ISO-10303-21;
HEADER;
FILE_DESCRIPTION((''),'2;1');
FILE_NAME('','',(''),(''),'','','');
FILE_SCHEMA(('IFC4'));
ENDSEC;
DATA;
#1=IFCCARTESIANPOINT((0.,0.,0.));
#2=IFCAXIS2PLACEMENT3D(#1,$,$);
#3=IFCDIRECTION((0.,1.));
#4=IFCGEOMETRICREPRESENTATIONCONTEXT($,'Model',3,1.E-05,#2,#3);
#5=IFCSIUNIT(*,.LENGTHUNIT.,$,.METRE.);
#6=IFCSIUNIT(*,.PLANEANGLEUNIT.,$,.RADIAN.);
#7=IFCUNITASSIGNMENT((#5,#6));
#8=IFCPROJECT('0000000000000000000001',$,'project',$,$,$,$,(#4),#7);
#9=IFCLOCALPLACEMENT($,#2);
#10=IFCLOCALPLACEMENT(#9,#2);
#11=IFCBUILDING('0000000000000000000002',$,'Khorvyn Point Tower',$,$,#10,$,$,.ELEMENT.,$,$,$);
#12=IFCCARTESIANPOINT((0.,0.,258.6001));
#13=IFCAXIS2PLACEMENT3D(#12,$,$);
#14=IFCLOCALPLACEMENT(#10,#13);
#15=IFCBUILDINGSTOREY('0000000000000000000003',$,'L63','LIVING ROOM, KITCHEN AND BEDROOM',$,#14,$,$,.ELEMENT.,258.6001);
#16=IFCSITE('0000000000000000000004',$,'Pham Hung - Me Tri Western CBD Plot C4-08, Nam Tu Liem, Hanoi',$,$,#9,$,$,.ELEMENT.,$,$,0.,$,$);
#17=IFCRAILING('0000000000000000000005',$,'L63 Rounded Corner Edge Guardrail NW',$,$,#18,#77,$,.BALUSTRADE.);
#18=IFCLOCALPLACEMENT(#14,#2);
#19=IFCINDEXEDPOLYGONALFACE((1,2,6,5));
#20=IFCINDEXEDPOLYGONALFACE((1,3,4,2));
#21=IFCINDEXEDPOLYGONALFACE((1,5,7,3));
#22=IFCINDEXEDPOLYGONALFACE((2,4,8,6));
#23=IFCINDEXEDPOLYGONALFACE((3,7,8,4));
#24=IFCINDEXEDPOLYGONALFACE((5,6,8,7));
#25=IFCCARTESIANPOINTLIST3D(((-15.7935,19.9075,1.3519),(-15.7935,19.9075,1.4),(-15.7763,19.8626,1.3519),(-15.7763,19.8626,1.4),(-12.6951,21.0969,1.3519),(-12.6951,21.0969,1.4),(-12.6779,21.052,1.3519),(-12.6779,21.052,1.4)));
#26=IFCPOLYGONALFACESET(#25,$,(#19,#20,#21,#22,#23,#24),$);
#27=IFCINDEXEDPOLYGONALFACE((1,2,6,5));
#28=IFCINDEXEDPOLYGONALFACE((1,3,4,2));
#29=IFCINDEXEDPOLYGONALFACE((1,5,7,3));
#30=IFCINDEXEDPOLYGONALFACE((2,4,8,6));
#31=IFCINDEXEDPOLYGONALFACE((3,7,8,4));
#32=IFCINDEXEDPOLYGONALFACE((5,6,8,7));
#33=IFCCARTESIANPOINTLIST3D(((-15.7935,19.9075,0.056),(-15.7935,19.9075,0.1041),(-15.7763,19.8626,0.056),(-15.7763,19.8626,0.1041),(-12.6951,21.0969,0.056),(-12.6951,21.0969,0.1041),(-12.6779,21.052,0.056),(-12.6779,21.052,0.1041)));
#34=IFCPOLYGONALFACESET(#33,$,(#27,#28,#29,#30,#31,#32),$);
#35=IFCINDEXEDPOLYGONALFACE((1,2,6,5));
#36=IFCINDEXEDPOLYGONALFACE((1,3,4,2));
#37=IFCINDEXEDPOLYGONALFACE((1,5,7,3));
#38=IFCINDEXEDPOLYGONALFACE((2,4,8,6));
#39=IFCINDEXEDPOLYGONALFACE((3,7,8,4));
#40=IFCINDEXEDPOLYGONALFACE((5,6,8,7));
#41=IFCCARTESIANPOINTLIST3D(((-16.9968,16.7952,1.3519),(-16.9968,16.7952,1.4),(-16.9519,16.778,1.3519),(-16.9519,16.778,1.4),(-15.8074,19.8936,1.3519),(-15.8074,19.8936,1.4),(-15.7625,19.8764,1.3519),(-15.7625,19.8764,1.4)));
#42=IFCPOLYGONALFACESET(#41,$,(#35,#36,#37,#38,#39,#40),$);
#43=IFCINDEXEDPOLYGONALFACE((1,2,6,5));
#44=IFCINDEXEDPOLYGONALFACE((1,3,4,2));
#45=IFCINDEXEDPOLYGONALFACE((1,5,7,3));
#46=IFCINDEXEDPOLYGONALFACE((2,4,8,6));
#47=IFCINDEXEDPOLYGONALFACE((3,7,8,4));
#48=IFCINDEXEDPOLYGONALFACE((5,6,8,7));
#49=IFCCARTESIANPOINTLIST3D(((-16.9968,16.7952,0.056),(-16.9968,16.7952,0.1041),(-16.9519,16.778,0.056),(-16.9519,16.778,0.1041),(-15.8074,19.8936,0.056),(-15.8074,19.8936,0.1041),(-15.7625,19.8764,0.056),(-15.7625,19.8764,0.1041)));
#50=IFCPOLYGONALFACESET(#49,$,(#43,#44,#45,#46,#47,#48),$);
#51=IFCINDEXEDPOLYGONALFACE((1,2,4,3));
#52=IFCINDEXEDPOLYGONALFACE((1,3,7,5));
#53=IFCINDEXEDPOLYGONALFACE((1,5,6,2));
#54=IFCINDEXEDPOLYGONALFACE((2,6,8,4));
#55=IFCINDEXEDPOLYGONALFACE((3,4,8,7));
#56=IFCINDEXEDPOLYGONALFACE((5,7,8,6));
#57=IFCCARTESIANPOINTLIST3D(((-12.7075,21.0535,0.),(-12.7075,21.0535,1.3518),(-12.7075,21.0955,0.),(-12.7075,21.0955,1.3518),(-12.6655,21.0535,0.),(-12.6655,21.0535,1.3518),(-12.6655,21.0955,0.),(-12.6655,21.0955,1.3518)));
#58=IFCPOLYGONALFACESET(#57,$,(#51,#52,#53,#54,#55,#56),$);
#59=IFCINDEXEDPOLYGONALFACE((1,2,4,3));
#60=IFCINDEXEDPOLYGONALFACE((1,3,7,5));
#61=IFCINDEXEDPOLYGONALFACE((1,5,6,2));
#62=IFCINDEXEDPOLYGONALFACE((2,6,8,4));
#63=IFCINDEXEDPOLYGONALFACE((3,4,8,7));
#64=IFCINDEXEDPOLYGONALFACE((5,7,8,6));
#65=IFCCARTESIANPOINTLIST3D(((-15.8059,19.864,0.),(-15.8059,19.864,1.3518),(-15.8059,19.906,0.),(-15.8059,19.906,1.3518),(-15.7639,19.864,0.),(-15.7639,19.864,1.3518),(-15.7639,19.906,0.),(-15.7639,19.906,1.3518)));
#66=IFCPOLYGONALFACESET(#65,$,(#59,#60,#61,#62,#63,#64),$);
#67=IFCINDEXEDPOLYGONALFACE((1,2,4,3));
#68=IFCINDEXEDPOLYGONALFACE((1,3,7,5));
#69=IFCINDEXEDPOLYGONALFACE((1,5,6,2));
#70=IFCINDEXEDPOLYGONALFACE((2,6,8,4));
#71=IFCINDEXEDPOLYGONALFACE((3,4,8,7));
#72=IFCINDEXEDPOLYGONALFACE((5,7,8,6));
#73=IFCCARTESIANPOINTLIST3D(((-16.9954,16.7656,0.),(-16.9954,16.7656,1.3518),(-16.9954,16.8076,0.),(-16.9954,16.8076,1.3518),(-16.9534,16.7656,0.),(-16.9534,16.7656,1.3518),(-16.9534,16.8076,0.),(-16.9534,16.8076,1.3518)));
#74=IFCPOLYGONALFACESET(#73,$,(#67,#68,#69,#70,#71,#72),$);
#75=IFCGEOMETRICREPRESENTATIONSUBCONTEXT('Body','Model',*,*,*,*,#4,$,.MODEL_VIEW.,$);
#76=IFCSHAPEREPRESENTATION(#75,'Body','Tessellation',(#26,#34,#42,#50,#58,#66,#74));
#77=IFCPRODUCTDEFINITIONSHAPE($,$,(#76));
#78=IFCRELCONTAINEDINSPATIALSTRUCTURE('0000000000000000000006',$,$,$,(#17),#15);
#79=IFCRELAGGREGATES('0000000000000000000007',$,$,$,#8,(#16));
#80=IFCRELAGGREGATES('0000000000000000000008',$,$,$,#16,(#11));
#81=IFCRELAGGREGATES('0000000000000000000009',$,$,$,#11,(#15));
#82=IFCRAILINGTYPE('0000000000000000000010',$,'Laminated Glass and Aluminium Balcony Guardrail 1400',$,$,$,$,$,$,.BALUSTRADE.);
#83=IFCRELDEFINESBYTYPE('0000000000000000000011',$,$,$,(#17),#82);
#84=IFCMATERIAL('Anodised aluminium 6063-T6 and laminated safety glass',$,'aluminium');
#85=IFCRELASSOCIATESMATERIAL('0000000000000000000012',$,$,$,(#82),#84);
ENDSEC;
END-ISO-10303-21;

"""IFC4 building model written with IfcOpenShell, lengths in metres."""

from ifc_helpers import new_model, si_unit, direction, frame, origin, origin_2d, place, context, subcontext, project, spatial, rectangle, extrude, material, type_object, element, save


model = new_model("IFC4")

# Units and contexts
model_context = context("Model", 3, precision=1e-05, world=origin(), true_north=direction((0.0, 1.0)))
body_context = subcontext(model_context, "Body", "Model", "MODEL_VIEW")
ifc_project = project(units=[si_unit("LENGTHUNIT", "METRE"), si_unit("PLANEANGLEUNIT", "RADIAN")], contexts=[model_context])

# Site, building, storey
site_placement = place(None, origin())
site = spatial("IfcSite", under=ifc_project, at=site_placement, Name="Pham Hung - Me Tri Western CBD Plot C4-08, Nam Tu Liem, Hanoi", CompositionType="ELEMENT", RefElevation=0.0)
building_placement = place(site_placement, origin())
building = spatial("IfcBuilding", under=site, at=building_placement, Name="Khorvyn Point Tower", CompositionType="ELEMENT")
storey_placement = place(building_placement, frame((0.0, 0.0, 258.6001)))
storey = spatial("IfcBuildingStorey", under=building, at=storey_placement, Name="L63", Description="LIVING ROOM, KITCHEN AND BEDROOM", CompositionType="ELEMENT", Elevation=258.6001)

# Railing
ifc_material_1 = material(Name="Anodised aluminium 6063-T6 and laminated safety glass", Category="aluminium")
railing_type = type_object("IfcRailingType", Name="Laminated Glass and Aluminium Balcony Guardrail 1400", PredefinedType="BALUSTRADE", material=ifc_material_1)
railing_placement = place(storey_placement, frame((-12.6865, 21.0745, 0.0)))
element("IfcRailing", 1, at=railing_placement, inside=storey, type_object=railing_type, Name="L63 Rounded Corner Edge Guardrail NW", PredefinedType="BALUSTRADE", context=body_context, shape_type="SweptSolid", body=[
    extrude(rectangle(XDim=0.0481, YDim=0.0481, at=origin_2d()), frame((0.0, 0.0, 1.376), z_axis=(-0.933571, -0.358392, 0.0), x_axis=(0.358392, -0.933571, 0.0)), (0.0, 0.0, 1.0), 3.3188),
    extrude(rectangle(XDim=0.0481, YDim=0.0481, at=origin_2d()), frame((0.0, 0.0, 0.0801), z_axis=(-0.933571, -0.358392, 0.0), x_axis=(0.358392, -0.933571, 0.0)), (0.0, 0.0, 1.0), 3.3188),
    extrude(rectangle(XDim=0.0481, YDim=0.0481, at=origin_2d()), frame((-3.0984, -1.1895, 1.376), z_axis=(-0.358392, -0.933571, 0.0), x_axis=(0.933571, -0.358392, 0.0)), (0.0, 0.0, 1.0), 3.3188),
    extrude(rectangle(XDim=0.0481, YDim=0.0481, at=origin_2d()), frame((-3.0984, -1.1895, 0.0801), z_axis=(-0.358392, -0.933571, 0.0), x_axis=(0.933571, -0.358392, 0.0)), (0.0, 0.0, 1.0), 3.3188),
    extrude(rectangle(XDim=0.042, YDim=0.042, at=origin_2d()), origin(), (0.0, 0.0, 1.0), 1.3518),
    extrude(rectangle(XDim=0.042, YDim=0.042, at=origin_2d()), frame((-3.0984, -1.1895, 0.0)), (0.0, 0.0, 1.0), 1.3518),
    extrude(rectangle(XDim=0.042, YDim=0.042, at=origin_2d()), frame((-4.2878, -4.2878, 0.0)), (0.0, 0.0, 1.0), 1.3518),
])

save(model, "model.ifc")
